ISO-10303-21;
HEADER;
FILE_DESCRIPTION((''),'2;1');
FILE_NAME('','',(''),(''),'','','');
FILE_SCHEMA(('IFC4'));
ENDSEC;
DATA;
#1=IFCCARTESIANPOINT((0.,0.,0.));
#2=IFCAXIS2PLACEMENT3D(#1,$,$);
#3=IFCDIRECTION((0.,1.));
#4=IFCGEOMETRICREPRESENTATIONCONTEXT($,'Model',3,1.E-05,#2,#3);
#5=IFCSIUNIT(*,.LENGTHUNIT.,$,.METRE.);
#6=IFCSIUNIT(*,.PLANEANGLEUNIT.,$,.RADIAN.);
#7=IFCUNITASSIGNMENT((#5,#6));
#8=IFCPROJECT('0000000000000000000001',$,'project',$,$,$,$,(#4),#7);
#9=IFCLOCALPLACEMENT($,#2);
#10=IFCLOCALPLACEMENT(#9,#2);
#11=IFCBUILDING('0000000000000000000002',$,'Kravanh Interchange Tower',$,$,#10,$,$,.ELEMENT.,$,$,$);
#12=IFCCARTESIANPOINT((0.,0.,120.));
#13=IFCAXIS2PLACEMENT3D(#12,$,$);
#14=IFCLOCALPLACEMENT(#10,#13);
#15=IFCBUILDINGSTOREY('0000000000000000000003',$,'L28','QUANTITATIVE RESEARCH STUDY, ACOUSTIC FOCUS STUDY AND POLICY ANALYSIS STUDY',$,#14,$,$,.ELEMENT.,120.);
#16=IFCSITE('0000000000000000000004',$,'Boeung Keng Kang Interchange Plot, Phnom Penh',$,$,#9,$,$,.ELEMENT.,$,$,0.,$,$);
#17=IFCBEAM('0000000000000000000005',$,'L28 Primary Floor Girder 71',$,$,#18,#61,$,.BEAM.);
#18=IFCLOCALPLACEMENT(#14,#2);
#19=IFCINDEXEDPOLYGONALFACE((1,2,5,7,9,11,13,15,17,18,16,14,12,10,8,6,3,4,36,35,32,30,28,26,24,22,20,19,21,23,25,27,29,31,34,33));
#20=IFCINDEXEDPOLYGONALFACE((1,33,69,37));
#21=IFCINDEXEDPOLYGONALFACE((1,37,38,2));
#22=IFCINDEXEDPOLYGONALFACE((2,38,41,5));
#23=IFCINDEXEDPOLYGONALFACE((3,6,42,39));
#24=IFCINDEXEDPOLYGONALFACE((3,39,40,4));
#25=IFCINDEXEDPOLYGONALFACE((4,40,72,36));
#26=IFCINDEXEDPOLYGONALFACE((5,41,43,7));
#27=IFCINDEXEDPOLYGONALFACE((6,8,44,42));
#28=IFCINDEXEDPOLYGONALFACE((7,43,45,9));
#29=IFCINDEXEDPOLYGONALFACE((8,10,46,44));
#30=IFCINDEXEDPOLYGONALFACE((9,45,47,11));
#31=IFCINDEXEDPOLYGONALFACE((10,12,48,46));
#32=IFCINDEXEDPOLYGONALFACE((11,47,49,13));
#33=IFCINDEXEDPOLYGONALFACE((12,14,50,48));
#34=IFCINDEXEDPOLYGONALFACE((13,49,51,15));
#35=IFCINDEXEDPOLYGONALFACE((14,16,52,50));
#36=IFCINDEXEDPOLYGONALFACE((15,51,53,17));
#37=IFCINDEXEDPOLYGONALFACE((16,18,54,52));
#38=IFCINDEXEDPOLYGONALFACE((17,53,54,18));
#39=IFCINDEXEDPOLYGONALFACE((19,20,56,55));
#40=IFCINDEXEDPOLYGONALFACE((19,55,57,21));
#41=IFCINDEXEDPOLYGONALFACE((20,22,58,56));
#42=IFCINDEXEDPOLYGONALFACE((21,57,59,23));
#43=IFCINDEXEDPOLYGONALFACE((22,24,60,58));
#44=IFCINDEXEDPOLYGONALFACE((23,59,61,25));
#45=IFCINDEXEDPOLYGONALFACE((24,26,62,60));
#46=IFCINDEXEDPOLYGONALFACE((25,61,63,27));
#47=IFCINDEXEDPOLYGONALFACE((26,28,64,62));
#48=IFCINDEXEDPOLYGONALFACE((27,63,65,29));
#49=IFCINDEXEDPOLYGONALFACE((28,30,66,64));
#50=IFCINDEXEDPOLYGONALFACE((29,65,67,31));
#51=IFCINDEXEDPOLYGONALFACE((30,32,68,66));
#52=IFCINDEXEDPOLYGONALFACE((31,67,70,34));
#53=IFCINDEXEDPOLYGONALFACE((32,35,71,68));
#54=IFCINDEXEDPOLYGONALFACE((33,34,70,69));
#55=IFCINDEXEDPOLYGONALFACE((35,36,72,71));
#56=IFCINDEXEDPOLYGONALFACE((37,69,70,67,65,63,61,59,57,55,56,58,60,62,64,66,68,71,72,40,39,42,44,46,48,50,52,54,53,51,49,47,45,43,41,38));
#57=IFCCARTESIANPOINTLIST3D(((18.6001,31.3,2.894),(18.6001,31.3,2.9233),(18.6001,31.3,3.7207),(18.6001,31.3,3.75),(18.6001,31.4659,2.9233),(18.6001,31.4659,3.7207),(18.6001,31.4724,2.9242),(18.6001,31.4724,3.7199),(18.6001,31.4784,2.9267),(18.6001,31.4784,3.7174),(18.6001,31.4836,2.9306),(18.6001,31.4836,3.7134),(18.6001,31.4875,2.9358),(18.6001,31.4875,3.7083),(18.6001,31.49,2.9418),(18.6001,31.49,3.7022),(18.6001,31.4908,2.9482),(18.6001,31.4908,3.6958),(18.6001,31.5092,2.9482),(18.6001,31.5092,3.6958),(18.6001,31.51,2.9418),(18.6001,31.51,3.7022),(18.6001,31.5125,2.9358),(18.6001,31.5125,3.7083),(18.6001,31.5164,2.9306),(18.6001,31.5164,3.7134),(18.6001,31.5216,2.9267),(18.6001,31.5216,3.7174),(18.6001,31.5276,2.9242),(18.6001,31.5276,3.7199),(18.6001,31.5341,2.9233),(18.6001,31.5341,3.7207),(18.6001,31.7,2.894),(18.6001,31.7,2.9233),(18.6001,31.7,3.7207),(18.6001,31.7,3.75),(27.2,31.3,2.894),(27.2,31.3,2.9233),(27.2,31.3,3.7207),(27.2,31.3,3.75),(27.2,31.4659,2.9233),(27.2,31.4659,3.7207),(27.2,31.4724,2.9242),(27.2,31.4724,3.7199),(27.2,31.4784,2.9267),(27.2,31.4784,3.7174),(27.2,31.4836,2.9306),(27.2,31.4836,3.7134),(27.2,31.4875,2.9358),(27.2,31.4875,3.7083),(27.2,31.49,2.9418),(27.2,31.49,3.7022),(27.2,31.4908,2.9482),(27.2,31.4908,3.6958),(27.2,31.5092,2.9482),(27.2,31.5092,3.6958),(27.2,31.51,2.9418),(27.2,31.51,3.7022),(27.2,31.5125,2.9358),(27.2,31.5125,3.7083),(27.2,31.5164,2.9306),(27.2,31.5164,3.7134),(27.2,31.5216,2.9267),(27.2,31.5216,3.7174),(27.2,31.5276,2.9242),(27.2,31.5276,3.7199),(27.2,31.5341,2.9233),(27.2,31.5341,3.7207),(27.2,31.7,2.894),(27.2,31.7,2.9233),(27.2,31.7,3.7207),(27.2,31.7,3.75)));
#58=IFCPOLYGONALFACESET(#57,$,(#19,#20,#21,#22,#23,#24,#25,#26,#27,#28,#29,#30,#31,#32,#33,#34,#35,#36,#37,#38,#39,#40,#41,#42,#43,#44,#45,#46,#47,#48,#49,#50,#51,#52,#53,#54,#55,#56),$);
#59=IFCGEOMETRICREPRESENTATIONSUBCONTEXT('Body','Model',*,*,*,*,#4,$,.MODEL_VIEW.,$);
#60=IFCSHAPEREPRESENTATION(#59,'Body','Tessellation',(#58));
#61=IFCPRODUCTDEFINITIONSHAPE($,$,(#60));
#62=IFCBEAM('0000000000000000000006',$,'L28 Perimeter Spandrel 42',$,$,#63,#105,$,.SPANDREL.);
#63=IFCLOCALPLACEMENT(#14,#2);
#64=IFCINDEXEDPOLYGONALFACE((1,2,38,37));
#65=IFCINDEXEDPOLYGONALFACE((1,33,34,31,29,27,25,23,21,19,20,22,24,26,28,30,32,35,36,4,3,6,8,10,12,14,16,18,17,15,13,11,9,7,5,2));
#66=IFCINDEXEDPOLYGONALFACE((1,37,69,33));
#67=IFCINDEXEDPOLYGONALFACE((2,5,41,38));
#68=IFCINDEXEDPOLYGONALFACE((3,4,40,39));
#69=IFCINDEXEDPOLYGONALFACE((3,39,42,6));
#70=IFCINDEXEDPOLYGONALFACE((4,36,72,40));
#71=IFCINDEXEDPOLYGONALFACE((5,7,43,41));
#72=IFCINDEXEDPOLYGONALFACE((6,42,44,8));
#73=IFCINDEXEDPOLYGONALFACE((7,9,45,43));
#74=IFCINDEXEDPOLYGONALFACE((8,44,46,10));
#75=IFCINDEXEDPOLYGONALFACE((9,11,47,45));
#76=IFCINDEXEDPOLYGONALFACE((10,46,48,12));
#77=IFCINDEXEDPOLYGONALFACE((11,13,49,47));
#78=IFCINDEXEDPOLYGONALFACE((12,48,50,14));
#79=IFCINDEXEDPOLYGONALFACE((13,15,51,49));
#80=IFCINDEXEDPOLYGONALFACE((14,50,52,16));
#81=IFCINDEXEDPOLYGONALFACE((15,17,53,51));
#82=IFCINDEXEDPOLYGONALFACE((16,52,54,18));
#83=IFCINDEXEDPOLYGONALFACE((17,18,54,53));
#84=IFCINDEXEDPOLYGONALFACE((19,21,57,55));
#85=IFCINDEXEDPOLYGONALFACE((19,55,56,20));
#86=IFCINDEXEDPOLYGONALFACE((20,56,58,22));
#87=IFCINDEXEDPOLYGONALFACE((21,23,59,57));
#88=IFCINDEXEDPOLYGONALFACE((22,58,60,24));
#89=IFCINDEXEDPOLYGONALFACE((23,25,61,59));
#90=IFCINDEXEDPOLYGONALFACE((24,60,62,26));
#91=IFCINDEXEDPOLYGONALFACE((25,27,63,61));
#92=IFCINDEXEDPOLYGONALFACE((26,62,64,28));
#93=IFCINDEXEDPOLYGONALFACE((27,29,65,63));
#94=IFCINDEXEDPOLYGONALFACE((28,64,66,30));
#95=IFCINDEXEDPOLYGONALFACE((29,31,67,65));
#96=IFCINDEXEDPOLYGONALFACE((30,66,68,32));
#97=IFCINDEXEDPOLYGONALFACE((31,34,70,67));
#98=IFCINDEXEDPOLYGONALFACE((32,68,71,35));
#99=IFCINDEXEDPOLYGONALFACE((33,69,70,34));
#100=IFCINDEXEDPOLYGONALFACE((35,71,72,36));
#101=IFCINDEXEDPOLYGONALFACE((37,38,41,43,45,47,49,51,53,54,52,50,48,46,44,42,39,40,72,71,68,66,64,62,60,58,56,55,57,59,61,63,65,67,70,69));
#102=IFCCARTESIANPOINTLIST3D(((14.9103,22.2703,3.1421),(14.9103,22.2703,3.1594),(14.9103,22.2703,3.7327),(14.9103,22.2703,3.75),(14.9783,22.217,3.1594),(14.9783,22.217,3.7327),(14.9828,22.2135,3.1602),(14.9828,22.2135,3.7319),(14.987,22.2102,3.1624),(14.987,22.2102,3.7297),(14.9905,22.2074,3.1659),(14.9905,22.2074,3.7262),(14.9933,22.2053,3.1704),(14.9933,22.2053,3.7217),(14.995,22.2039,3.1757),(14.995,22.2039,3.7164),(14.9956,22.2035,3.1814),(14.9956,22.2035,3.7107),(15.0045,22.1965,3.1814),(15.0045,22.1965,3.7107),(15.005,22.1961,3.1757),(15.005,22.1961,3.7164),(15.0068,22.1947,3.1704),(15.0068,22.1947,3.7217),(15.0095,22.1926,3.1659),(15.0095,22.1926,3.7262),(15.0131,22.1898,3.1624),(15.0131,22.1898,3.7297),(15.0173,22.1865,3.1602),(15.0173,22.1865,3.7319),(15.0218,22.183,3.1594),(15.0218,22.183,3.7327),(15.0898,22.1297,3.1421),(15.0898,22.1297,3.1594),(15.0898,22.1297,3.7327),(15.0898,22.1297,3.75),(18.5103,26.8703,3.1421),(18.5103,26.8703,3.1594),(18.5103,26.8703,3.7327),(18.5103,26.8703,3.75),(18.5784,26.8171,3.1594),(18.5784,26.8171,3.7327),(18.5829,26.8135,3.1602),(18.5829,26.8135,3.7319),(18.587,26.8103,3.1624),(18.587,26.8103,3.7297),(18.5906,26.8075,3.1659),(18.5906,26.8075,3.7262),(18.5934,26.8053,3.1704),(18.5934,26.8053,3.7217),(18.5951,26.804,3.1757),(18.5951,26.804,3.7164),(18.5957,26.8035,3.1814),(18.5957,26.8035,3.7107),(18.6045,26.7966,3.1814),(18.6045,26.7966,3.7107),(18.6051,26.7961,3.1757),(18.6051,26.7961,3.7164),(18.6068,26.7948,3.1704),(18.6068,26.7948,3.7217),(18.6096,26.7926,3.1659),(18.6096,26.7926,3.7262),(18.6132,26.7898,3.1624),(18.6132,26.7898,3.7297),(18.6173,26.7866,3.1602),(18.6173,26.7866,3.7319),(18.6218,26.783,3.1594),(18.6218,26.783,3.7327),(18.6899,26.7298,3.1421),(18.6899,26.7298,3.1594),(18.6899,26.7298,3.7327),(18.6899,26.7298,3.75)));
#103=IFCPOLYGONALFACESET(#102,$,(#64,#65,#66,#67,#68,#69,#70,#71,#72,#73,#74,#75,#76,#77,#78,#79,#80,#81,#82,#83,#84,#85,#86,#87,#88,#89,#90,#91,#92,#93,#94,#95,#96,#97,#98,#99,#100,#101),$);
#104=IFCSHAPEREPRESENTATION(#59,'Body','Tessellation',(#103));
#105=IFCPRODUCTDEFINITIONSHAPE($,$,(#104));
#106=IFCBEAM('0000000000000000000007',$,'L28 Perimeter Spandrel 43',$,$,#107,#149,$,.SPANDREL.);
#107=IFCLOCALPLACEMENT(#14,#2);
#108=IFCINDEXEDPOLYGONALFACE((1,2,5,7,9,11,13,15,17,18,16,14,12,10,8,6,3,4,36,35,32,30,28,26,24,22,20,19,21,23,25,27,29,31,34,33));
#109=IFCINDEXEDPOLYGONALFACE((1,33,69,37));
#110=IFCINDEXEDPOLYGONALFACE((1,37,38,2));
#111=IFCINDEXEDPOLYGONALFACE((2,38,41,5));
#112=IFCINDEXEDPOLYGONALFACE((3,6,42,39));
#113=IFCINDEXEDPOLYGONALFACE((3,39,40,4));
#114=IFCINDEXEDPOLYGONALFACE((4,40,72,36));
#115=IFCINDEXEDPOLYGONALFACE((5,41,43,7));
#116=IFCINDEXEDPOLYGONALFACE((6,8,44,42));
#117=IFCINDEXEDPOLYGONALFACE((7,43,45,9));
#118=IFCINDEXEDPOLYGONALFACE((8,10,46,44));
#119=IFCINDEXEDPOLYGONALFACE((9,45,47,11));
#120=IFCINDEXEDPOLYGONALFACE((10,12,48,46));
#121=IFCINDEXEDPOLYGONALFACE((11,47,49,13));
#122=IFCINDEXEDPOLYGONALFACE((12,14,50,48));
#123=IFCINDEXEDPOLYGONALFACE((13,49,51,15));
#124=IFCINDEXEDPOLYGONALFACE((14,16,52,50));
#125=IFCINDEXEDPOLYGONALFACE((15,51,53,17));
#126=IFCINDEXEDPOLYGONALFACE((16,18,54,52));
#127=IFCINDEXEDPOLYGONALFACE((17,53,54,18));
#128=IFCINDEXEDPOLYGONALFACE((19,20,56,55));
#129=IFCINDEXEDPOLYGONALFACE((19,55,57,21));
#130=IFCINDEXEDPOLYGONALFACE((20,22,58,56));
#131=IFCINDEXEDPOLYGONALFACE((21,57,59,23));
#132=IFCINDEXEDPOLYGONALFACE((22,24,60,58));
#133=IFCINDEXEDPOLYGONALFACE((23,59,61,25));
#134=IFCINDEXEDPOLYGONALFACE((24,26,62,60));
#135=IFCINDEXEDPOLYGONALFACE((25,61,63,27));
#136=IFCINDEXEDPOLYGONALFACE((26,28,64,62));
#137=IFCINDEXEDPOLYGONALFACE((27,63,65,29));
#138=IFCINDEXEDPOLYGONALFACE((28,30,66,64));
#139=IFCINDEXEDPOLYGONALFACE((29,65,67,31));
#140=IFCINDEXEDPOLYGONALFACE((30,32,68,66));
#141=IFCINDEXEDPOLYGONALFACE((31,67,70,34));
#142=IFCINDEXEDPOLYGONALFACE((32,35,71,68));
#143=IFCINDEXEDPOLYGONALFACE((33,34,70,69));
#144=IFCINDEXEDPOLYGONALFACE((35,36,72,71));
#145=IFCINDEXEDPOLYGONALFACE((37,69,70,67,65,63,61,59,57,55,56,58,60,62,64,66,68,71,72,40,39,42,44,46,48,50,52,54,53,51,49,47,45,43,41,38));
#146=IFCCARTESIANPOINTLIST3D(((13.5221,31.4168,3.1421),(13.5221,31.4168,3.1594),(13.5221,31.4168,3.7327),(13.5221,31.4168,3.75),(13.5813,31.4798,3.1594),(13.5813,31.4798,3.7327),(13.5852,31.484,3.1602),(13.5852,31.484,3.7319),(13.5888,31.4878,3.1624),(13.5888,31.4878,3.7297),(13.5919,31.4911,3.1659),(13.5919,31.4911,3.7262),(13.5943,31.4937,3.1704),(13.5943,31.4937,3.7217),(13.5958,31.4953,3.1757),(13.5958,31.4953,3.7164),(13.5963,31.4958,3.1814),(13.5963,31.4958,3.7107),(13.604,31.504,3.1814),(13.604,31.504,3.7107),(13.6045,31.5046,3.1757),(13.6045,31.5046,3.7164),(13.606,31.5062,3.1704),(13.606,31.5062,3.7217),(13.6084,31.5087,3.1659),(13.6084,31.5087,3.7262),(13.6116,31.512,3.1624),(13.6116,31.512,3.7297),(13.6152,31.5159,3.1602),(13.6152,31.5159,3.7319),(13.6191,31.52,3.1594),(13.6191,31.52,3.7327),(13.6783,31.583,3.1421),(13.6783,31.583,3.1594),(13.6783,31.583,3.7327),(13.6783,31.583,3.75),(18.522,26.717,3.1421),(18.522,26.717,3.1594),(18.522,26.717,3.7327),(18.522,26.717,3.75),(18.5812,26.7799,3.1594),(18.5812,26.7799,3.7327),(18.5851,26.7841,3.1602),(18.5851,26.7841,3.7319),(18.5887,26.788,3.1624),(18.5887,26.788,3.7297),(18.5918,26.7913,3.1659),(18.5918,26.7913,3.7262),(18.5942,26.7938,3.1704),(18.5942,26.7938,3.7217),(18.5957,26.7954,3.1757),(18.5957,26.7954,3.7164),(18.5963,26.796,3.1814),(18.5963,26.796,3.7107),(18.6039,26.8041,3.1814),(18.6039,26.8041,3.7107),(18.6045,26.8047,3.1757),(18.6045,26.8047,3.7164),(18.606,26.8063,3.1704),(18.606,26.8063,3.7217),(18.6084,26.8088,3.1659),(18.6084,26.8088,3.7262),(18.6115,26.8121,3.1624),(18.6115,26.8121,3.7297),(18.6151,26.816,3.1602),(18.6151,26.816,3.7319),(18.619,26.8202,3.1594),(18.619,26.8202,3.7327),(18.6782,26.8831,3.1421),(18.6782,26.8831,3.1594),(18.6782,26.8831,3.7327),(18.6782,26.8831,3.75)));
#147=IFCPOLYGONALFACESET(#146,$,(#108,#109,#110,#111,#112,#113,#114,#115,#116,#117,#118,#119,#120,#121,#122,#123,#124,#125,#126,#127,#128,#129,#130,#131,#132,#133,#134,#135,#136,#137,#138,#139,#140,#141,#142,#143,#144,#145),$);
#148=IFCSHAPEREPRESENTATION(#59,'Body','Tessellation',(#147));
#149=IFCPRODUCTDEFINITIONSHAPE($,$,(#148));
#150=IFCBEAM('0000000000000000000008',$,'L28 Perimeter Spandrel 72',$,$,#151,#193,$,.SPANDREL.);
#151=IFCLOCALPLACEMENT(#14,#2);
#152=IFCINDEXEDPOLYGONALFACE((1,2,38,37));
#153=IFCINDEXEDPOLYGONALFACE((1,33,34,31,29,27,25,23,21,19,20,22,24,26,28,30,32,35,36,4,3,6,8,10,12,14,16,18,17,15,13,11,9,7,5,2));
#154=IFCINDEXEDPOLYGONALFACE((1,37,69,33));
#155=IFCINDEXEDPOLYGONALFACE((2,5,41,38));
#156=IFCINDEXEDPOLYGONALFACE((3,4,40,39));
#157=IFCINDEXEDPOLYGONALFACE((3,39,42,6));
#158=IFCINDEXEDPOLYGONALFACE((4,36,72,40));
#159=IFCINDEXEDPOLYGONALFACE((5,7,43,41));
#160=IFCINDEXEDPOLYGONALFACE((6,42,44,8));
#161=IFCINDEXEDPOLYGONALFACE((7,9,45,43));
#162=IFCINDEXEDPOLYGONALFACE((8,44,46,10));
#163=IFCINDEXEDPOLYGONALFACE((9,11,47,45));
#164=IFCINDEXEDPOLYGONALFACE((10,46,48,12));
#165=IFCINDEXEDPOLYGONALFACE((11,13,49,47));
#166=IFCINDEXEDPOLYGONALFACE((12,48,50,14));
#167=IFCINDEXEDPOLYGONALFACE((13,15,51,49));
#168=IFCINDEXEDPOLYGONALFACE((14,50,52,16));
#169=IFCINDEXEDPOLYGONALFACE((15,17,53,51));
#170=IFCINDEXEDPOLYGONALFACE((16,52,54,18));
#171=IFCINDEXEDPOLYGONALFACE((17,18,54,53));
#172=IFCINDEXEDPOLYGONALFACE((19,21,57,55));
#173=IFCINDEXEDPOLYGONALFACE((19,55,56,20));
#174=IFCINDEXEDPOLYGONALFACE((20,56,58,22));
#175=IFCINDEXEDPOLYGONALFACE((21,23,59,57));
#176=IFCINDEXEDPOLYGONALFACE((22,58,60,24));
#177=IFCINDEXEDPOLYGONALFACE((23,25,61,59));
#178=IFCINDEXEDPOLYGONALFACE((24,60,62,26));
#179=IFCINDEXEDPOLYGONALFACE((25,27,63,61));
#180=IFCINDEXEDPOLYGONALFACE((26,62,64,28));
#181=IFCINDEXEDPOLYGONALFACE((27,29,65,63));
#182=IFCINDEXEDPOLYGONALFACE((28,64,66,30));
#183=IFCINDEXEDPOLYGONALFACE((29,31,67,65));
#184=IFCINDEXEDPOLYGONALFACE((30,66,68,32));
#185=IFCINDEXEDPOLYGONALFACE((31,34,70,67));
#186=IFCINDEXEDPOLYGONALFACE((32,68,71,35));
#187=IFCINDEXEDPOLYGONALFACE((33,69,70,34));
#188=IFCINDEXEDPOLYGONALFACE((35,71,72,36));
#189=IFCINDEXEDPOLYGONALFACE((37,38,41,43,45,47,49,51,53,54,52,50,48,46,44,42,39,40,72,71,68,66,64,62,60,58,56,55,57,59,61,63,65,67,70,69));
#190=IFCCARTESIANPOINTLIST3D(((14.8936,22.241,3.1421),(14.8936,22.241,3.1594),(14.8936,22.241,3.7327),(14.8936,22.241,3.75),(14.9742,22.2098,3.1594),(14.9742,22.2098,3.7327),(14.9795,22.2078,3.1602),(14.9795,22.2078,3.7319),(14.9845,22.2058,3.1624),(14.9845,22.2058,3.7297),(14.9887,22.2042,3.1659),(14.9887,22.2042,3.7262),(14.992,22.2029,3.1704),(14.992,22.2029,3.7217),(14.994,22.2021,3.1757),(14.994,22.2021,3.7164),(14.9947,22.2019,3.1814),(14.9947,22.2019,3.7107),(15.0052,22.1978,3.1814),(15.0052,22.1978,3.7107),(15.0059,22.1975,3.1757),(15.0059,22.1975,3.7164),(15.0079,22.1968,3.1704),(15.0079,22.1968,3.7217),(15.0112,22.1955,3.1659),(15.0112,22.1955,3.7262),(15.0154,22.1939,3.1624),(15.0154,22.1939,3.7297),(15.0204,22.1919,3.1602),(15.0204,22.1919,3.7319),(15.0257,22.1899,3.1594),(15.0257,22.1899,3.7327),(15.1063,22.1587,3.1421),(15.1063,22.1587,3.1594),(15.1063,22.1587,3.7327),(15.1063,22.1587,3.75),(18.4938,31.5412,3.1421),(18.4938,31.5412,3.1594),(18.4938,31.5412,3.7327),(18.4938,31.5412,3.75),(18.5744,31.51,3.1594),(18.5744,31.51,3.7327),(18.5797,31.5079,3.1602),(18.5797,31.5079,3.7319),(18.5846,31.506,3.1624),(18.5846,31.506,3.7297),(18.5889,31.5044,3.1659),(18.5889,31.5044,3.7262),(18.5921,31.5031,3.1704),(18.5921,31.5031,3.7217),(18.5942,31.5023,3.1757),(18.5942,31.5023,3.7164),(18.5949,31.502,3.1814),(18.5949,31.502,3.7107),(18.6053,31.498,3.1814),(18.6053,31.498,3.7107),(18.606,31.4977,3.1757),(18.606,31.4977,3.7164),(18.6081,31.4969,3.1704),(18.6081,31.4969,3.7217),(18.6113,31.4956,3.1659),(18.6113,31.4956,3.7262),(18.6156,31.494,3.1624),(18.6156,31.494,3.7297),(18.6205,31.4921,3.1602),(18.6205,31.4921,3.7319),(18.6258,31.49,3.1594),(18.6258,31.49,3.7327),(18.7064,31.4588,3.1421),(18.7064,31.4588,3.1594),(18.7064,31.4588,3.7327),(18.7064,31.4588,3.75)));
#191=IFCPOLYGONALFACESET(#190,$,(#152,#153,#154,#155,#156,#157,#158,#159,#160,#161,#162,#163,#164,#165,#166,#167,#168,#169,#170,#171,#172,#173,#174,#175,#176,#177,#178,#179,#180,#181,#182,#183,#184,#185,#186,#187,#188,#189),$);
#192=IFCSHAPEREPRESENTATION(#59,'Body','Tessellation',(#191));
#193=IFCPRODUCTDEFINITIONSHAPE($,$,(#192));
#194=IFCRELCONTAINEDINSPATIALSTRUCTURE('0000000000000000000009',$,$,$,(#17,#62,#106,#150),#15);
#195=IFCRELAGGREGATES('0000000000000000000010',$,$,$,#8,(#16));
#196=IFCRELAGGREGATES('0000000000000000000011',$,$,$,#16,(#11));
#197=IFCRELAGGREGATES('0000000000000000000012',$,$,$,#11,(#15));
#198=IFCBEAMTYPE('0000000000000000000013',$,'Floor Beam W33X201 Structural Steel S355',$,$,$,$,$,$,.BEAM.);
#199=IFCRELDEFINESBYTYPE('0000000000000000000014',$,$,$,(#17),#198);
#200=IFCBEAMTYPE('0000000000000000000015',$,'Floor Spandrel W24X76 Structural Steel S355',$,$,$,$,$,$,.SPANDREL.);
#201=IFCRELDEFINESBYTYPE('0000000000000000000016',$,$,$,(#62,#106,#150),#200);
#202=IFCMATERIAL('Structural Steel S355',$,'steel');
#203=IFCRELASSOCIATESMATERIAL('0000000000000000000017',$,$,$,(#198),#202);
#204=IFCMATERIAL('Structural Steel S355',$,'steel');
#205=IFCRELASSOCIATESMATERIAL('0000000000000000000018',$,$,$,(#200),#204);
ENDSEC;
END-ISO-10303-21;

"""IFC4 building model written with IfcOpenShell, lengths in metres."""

from ifc_helpers import new_model, si_unit, direction, frame, origin, origin_2d, place, context, subcontext, project, spatial, i_section, extrude, material, material_profile, profile_set, type_object, element, save


model = new_model("IFC4")

# Units and contexts
model_context = context("Model", 3, precision=1e-05, world=origin(), true_north=direction((0.0, 1.0)))
body_context = subcontext(model_context, "Body", "Model", "MODEL_VIEW")
ifc_project = project(units=[si_unit("LENGTHUNIT", "METRE"), si_unit("PLANEANGLEUNIT", "RADIAN")], contexts=[model_context])

# Site, building, storey
site_placement = place(None, origin())
site = spatial("IfcSite", under=ifc_project, at=site_placement, Name="Boeung Keng Kang Interchange Plot, Phnom Penh", CompositionType="ELEMENT", RefElevation=0.0)
building_placement = place(site_placement, origin())
building = spatial("IfcBuilding", under=site, at=building_placement, Name="Kravanh Interchange Tower", CompositionType="ELEMENT")
storey_placement = place(building_placement, frame((0.0, 0.0, 120.0)))
storey = spatial("IfcBuildingStorey", under=building, at=storey_placement, Name="L28", Description="QUANTITATIVE RESEARCH STUDY, ACOUSTIC FOCUS STUDY AND POLICY ANALYSIS STUDY", CompositionType="ELEMENT", Elevation=120.0)

# Beams
ifc_material_1 = material(Name="Structural Steel S355", Category="steel")
ifc_material_profile_1 = material_profile(ifc_material_1, i_section(OverallWidth=0.3999, OverallDepth=0.856, WebThickness=0.0183, FlangeThickness=0.0293, FilletRadius=0.0249, at=origin_2d()), Name="W33X201")
ifc_profile_set_1 = profile_set([ifc_material_profile_1], Name="Structural Steel S355")
beam_type_1 = type_object("IfcBeamType", Name="Floor Beam W33X201 Structural Steel S355", PredefinedType="BEAM", material=ifc_profile_set_1)
beam_1_placement = place(storey_placement, frame((18.6001, 31.5, 3.322), z_axis=(1.0, 0.0, 0.0), x_axis=(0.0, 1.0, 0.0)))
element("IfcBeam", 1, at=beam_1_placement, inside=storey, type_object=beam_type_1, Name="L28 Primary Floor Girder 71", PredefinedType="BEAM", context=body_context, shape_type="SweptSolid", body=[
    extrude(i_section(OverallWidth=0.3999, OverallDepth=0.856, WebThickness=0.0183, FlangeThickness=0.0293, FilletRadius=0.0249, at=origin_2d()), origin(), (0.0, 0.0, 1.0), 8.5999),
])
ifc_material_2 = material(Name="Structural Steel S355", Category="steel")
ifc_material_profile_2 = material_profile(ifc_material_2, i_section(OverallWidth=0.228, OverallDepth=0.6079, WebThickness=0.0112, FlangeThickness=0.0173, FilletRadius=0.022, at=origin_2d()), Name="W24X76")
ifc_profile_set_2 = profile_set([ifc_material_profile_2], Name="Structural Steel S355")
beam_type_2 = type_object("IfcBeamType", Name="Floor Spandrel W24X76 Structural Steel S355", PredefinedType="SPANDREL", material=ifc_profile_set_2)
beam_2_placement = place(storey_placement, frame((18.6001, 26.8, 3.446), z_axis=(-0.616311, -0.787503, 0.0), x_axis=(0.787503, -0.616311, 0.0)))
element("IfcBeam", 2, at=beam_2_placement, inside=storey, type_object=beam_type_2, Name="L28 Perimeter Spandrel 42", PredefinedType="SPANDREL", context=body_context, shape_type="SweptSolid", body=[
    extrude(i_section(OverallWidth=0.228, OverallDepth=0.6079, WebThickness=0.0112, FlangeThickness=0.0173, FilletRadius=0.022, at=origin_2d()), origin(), (0.0, 0.0, 1.0), 5.8413),
])
beam_3_placement = place(storey_placement, frame((18.6001, 26.8, 3.446), z_axis=(-0.728631, 0.684906, 0.0), x_axis=(-0.684906, -0.728631, 0.0)))
element("IfcBeam", 3, at=beam_3_placement, inside=storey, type_object=beam_type_2, Name="L28 Perimeter Spandrel 43", PredefinedType="SPANDREL", context=body_context, shape_type="SweptSolid", body=[
    extrude(i_section(OverallWidth=0.228, OverallDepth=0.6079, WebThickness=0.0112, FlangeThickness=0.0173, FilletRadius=0.022, at=origin_2d()), origin(), (0.0, 0.0, 1.0), 6.8621),
])
beam_4_placement = place(storey_placement, frame((18.6001, 31.5, 3.446), z_axis=(-0.361001, -0.932565, 0.0), x_axis=(0.932565, -0.361001, 0.0)))
element("IfcBeam", 4, at=beam_4_placement, inside=storey, type_object=beam_type_2, Name="L28 Perimeter Spandrel 72", PredefinedType="SPANDREL", context=body_context, shape_type="SweptSolid", body=[
    extrude(i_section(OverallWidth=0.228, OverallDepth=0.6079, WebThickness=0.0112, FlangeThickness=0.0173, FilletRadius=0.022, at=origin_2d()), origin(), (0.0, 0.0, 1.0), 9.9727),
])

save(model, "model.ifc")
